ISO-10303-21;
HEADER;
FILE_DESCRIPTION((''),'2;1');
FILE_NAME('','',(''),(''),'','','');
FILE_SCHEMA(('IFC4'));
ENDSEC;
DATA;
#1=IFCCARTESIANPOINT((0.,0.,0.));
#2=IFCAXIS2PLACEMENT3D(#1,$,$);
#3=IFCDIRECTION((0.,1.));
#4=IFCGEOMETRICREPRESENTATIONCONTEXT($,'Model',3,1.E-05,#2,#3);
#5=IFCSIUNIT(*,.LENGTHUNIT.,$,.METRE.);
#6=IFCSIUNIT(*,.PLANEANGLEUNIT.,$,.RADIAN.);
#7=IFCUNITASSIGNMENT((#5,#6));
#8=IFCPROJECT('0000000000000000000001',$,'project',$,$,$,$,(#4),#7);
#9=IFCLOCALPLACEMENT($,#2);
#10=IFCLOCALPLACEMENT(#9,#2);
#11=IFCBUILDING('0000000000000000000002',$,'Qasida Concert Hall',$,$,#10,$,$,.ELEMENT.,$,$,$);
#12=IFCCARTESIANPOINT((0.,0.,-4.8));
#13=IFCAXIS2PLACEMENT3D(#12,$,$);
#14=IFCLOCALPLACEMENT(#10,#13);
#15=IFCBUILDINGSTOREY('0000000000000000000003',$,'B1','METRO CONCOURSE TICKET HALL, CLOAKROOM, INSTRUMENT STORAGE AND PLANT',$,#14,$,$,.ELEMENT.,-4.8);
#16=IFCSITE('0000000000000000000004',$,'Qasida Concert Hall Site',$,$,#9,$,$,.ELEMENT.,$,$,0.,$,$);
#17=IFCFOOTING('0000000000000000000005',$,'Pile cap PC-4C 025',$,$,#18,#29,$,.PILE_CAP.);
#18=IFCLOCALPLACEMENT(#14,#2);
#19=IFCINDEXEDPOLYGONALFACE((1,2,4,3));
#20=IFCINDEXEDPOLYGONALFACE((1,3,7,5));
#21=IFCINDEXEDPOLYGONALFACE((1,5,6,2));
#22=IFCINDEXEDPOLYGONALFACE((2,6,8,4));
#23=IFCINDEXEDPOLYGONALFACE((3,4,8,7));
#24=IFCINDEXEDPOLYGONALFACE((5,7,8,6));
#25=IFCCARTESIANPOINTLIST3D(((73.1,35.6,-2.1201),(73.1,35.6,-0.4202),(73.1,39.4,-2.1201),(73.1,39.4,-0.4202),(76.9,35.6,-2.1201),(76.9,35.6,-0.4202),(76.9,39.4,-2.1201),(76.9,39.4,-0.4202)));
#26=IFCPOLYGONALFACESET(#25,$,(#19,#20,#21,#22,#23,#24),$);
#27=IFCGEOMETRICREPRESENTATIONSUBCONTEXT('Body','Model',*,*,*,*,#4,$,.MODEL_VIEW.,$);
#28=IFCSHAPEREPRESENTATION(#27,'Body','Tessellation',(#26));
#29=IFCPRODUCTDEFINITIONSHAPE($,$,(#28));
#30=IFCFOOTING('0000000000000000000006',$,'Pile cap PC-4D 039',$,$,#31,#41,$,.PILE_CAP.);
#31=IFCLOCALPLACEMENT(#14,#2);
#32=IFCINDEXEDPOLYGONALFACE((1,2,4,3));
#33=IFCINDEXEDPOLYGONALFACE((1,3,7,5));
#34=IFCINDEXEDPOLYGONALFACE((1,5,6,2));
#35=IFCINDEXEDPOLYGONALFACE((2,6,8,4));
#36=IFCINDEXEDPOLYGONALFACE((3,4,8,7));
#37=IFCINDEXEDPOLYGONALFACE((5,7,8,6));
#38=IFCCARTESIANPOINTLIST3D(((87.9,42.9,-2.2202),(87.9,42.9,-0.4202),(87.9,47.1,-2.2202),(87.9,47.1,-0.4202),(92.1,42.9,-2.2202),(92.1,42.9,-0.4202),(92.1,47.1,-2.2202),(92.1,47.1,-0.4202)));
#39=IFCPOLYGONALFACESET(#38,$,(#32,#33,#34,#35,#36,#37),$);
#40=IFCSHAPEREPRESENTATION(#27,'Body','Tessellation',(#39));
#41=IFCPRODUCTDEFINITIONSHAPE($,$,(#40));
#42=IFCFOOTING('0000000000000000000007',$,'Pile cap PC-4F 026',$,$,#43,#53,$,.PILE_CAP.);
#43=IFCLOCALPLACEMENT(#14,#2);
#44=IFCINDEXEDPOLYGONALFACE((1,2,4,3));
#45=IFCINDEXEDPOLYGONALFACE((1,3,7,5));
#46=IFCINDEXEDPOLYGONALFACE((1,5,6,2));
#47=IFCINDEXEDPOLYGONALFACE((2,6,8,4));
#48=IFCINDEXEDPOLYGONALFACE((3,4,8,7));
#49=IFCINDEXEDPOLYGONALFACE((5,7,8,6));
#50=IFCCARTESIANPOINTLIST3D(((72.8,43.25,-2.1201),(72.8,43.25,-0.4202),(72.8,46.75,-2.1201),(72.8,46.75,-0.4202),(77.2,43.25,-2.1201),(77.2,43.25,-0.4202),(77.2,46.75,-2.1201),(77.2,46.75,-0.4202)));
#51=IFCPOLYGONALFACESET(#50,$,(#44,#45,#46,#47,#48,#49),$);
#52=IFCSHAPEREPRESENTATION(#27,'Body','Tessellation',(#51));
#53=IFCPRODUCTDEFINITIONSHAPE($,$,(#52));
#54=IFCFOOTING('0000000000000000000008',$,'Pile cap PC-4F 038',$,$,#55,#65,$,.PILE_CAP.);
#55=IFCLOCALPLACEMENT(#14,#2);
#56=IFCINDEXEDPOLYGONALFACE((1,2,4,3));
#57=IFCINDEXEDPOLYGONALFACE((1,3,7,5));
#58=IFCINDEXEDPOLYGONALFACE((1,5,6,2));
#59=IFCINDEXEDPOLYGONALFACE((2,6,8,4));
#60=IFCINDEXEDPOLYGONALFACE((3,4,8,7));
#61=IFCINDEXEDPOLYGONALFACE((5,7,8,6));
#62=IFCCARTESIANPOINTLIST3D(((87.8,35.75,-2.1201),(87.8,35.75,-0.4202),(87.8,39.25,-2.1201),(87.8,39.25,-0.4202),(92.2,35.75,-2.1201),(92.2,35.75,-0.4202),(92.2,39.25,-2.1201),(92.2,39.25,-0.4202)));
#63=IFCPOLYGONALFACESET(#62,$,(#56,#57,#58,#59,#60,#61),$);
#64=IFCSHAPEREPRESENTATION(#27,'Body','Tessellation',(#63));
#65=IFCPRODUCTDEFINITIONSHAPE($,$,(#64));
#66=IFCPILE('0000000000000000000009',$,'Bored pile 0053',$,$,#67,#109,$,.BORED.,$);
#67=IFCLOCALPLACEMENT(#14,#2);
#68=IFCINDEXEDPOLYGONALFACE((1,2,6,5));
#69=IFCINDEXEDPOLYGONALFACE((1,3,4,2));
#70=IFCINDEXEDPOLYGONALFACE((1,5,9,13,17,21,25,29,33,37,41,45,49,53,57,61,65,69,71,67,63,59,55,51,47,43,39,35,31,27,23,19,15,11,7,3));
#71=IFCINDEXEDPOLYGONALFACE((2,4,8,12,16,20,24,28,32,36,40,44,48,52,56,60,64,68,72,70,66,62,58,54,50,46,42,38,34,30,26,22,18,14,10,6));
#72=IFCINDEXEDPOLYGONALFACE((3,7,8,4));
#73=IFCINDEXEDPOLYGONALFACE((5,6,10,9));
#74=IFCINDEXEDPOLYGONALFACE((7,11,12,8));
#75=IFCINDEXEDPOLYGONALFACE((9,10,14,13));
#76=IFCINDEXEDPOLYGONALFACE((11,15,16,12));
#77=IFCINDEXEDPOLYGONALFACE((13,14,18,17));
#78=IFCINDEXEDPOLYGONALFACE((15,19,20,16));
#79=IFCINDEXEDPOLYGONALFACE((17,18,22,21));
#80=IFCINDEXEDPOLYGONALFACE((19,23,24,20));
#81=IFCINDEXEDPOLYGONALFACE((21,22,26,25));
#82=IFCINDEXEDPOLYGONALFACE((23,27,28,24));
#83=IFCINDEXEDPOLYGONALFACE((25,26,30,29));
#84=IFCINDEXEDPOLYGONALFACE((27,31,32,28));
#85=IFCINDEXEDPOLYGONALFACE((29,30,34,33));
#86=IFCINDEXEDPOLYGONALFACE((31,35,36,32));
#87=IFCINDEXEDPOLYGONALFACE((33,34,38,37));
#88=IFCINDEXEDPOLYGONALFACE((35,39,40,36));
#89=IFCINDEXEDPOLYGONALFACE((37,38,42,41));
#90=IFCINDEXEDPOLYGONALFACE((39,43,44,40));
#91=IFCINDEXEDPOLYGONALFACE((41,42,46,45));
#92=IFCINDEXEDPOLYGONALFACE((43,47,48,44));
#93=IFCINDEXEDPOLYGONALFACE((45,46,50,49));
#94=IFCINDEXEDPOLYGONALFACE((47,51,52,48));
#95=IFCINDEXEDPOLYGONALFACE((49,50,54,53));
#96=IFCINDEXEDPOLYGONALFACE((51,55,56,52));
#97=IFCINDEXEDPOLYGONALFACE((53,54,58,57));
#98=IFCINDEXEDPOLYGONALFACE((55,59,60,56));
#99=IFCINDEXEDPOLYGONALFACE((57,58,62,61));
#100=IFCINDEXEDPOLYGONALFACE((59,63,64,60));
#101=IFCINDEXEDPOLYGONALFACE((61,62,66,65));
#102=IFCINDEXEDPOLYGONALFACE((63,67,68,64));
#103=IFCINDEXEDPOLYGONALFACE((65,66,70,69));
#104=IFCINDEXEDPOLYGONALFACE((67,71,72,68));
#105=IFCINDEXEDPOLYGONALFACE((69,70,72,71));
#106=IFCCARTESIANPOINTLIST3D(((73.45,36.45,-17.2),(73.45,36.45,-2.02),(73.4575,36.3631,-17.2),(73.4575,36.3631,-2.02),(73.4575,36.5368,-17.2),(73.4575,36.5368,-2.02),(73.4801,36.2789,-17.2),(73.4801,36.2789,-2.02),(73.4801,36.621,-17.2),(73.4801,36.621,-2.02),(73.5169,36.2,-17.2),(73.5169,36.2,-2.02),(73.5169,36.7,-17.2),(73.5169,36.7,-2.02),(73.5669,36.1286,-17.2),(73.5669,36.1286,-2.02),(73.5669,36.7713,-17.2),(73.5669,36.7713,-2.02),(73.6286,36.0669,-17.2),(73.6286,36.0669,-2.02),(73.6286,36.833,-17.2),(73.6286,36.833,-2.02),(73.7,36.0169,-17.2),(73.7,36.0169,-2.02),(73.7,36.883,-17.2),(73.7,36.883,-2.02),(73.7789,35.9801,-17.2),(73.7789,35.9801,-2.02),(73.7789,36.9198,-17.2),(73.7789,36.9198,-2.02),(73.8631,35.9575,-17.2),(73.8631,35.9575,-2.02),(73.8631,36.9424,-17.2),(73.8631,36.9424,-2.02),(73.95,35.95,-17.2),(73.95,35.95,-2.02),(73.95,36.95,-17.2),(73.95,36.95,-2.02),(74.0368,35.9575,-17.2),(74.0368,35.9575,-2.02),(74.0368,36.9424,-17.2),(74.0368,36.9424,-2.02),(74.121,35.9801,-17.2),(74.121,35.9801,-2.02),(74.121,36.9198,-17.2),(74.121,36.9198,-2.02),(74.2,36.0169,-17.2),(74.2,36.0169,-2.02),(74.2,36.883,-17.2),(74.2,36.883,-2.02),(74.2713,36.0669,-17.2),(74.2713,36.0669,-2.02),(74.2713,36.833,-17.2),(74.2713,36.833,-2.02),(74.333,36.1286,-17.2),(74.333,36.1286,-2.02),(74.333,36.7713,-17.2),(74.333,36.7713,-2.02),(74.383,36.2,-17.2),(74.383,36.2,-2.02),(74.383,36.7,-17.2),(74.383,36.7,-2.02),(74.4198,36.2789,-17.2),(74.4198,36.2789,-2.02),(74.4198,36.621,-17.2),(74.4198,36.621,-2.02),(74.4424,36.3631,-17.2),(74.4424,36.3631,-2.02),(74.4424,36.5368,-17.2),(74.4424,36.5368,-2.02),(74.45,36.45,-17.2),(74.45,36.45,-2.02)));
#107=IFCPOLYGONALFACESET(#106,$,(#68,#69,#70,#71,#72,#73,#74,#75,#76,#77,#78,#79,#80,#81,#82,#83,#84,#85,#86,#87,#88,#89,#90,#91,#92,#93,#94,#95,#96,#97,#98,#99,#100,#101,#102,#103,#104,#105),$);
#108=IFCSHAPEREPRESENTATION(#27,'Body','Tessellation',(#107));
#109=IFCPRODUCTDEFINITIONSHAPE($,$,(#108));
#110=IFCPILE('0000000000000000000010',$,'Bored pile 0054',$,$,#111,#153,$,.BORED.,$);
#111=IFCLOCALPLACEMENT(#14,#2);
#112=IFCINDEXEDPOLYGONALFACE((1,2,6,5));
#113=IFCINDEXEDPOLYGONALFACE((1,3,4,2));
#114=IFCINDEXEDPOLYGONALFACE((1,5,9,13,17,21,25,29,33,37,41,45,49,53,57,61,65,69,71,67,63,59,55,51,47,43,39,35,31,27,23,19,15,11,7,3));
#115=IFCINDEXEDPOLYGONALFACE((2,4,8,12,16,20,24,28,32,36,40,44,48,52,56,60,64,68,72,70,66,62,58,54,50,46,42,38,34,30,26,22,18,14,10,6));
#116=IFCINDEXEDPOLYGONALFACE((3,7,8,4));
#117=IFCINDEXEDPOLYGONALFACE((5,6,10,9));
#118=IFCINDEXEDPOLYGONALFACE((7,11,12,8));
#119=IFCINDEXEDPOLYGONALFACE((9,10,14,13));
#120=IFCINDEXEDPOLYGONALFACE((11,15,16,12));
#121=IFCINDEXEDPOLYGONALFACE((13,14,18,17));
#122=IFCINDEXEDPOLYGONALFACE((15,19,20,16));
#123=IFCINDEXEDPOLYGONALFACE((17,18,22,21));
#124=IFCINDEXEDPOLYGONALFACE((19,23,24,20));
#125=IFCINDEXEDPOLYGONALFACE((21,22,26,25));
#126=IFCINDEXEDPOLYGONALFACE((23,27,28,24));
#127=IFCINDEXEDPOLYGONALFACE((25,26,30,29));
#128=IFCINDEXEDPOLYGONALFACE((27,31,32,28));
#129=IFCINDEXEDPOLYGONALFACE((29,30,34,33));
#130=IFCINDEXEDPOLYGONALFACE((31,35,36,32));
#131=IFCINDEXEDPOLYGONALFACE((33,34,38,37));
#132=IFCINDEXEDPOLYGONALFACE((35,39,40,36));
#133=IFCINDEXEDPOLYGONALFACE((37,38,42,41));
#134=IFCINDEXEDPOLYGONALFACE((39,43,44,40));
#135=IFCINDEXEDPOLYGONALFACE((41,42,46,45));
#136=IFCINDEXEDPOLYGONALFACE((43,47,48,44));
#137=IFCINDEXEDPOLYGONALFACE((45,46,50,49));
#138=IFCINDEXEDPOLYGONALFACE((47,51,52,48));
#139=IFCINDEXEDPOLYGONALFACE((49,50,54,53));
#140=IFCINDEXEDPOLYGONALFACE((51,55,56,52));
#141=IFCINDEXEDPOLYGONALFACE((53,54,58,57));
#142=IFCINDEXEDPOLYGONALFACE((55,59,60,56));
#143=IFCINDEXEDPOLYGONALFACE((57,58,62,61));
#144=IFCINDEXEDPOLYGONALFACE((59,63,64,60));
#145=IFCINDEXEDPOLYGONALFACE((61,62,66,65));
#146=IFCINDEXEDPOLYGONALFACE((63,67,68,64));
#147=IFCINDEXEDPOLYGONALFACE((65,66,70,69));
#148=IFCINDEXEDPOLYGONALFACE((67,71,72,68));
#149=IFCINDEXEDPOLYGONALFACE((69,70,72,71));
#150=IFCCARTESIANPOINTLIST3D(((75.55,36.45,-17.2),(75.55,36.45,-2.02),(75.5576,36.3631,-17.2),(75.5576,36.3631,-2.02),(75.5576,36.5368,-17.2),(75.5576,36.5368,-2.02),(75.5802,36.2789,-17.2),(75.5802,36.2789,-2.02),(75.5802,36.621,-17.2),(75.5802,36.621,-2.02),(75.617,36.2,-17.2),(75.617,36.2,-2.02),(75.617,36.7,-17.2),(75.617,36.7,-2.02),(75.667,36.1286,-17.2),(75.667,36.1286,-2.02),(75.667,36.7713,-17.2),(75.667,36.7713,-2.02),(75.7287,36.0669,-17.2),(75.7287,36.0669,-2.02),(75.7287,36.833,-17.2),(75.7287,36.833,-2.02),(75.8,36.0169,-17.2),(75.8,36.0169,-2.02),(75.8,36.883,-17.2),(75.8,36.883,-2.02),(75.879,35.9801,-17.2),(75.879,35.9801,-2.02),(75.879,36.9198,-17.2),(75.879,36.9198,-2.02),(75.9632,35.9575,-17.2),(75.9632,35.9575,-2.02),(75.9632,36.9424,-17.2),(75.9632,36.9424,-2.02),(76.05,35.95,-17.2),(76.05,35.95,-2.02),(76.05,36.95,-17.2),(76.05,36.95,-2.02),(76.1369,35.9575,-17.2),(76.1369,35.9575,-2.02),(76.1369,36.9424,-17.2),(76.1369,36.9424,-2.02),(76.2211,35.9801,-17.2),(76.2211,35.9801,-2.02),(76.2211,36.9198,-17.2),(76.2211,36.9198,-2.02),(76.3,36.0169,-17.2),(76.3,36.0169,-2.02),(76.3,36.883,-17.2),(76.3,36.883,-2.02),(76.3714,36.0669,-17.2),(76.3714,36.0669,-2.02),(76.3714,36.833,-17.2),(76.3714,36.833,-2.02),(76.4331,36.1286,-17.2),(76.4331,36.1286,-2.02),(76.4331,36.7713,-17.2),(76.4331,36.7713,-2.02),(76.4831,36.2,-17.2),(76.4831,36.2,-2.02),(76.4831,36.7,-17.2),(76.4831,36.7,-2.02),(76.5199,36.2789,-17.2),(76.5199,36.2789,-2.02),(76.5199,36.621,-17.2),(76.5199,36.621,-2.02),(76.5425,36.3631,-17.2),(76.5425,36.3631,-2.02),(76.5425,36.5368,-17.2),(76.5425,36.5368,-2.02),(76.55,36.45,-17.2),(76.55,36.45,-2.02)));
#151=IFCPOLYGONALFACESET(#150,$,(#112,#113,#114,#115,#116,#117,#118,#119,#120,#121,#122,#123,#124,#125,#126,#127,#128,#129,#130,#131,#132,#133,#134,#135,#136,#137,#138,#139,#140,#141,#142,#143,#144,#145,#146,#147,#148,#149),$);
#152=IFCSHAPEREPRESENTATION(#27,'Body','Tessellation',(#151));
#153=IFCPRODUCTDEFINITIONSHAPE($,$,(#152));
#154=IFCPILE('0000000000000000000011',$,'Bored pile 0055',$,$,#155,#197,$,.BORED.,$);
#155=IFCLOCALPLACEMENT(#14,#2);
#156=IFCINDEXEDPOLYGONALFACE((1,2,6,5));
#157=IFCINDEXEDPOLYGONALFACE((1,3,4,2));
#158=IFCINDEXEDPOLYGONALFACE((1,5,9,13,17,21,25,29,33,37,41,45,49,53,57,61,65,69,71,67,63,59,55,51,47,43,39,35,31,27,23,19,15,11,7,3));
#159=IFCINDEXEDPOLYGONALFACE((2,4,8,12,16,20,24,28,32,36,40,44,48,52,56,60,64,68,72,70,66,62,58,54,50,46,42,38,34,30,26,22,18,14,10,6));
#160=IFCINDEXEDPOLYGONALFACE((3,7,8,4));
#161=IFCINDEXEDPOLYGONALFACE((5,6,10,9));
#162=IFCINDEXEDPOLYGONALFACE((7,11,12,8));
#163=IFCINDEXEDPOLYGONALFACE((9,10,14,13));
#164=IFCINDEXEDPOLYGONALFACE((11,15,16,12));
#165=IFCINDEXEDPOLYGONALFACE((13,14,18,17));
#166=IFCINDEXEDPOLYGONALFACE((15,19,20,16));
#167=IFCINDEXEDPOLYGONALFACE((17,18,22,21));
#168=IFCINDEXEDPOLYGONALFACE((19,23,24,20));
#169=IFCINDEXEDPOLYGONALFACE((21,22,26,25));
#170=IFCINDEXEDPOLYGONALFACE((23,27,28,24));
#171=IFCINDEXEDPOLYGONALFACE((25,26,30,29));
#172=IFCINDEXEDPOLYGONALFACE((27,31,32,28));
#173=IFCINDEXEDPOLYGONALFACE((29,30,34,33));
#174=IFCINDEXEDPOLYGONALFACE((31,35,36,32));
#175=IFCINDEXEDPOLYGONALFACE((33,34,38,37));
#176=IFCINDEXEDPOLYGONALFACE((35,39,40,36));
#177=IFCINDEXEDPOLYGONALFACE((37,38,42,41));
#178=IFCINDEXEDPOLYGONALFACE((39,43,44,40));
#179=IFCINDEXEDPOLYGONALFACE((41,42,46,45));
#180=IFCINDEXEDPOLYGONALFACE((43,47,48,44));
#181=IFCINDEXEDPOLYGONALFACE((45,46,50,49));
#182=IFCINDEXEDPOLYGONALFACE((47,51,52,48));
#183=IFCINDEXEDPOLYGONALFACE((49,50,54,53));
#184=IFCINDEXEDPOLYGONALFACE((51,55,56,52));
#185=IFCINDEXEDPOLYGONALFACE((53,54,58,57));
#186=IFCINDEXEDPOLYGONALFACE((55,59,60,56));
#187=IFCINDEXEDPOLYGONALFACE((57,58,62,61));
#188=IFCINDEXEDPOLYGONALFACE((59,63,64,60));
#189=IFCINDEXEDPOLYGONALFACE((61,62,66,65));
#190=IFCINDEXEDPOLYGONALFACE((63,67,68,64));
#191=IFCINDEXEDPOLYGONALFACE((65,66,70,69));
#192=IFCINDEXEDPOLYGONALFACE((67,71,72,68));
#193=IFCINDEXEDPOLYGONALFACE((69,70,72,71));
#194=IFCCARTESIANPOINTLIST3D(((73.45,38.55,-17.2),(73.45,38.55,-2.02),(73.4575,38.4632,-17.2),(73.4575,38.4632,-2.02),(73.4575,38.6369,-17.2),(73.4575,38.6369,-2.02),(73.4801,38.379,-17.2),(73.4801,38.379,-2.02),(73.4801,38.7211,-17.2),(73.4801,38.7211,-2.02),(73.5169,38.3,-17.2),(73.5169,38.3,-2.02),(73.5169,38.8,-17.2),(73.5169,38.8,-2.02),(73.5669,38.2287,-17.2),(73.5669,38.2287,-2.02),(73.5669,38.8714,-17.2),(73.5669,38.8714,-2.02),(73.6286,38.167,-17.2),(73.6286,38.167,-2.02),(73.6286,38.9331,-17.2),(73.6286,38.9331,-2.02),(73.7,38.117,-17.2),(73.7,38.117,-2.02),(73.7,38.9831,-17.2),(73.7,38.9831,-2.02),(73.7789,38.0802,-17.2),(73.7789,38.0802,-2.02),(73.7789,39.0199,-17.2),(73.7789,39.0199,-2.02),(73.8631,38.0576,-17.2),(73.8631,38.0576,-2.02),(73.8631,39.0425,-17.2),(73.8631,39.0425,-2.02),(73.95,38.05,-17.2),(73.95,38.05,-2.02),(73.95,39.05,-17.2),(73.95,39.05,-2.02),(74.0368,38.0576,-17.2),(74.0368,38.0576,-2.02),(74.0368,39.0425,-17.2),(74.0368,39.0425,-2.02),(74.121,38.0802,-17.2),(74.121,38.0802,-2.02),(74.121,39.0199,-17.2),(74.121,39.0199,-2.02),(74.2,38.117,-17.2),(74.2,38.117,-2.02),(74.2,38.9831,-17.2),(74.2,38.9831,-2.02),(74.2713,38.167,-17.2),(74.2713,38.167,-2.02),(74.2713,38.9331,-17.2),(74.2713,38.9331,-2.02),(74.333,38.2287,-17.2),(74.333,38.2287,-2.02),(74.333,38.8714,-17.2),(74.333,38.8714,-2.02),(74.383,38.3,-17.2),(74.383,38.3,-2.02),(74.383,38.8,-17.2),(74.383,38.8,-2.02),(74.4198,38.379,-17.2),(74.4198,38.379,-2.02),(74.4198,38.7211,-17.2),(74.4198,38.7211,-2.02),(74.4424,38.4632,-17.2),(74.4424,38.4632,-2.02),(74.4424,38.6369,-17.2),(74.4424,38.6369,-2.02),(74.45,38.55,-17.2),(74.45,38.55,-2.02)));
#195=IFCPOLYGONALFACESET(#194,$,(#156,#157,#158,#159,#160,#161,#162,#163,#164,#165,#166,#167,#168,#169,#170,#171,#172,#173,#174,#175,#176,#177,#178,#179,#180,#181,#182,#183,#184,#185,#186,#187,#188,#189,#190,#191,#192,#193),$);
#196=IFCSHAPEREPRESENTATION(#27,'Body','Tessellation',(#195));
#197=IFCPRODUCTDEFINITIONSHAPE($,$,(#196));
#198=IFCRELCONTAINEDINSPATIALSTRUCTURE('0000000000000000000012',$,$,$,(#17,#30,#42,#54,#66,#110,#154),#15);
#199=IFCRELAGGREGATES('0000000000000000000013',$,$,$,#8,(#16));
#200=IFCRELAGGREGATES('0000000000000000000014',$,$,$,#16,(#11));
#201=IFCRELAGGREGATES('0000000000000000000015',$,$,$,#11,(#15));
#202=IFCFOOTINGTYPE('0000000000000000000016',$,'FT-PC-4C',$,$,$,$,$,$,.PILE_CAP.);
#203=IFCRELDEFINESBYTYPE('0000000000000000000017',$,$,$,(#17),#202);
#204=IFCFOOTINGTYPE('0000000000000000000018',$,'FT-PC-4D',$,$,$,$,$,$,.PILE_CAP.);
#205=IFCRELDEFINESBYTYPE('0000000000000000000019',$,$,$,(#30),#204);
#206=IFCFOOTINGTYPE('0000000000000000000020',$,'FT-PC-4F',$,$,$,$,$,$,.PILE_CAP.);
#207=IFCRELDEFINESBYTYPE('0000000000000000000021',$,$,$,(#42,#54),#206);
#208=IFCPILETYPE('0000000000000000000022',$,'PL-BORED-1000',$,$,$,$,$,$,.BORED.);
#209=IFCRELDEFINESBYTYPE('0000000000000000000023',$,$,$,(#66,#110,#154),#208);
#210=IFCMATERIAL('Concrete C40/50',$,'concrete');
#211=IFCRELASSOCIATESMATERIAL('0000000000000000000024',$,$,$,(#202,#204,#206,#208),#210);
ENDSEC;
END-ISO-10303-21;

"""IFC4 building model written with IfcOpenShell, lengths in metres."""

from ifc_helpers import new_model, si_unit, direction, frame, origin, origin_2d, place, context, subcontext, project, spatial, rectangle, circle, extrude, material, material_profile, profile_set, type_object, element, save


model = new_model("IFC4")

# Units and contexts
model_context = context("Model", 3, precision=1e-05, world=origin(), true_north=direction((0.0, 1.0)))
body_context = subcontext(model_context, "Body", "Model", "MODEL_VIEW")
ifc_project = project(units=[si_unit("LENGTHUNIT", "METRE"), si_unit("PLANEANGLEUNIT", "RADIAN")], contexts=[model_context])

# Site, building, storey
site_placement = place(None, origin())
site = spatial("IfcSite", under=ifc_project, at=site_placement, Name="Qasida Concert Hall Site", CompositionType="ELEMENT", RefElevation=0.0)
building_placement = place(site_placement, origin())
building = spatial("IfcBuilding", under=site, at=building_placement, Name="Qasida Concert Hall", CompositionType="ELEMENT")
storey_placement = place(building_placement, frame((0.0, 0.0, -4.8)))
storey = spatial("IfcBuildingStorey", under=building, at=storey_placement, Name="B1", Description="METRO CONCOURSE TICKET HALL, CLOAKROOM, INSTRUMENT STORAGE AND PLANT", CompositionType="ELEMENT", Elevation=-4.8)

# Footings
ifc_material_1 = material(Name="Concrete C40/50", Category="concrete")
footing_type_1 = type_object("IfcFootingType", Name="FT-PC-4C", PredefinedType="PILE_CAP", material=ifc_material_1)
footing_1_placement = place(storey_placement, frame((75.0, 37.5, -2.1201), z_axis=(0.0, 0.0, 1.0), x_axis=(1.0, 0.0, 0.0)))
element("IfcFooting", 1, at=footing_1_placement, inside=storey, type_object=footing_type_1, Name="Pile cap PC-4C 025", PredefinedType="PILE_CAP", context=body_context, shape_type="SweptSolid", body=[
    extrude(rectangle(XDim=3.8, YDim=3.8, at=origin_2d()), origin(), (0.0, 0.0, 1.0), 1.7),
])
footing_type_2 = type_object("IfcFootingType", Name="FT-PC-4D", PredefinedType="PILE_CAP", material=ifc_material_1)
footing_2_placement = place(storey_placement, frame((90.0, 45.0, -2.2202), z_axis=(0.0, 0.0, 1.0), x_axis=(1.0, 0.0, 0.0)))
element("IfcFooting", 2, at=footing_2_placement, inside=storey, type_object=footing_type_2, Name="Pile cap PC-4D 039", PredefinedType="PILE_CAP", context=body_context, shape_type="SweptSolid", body=[
    extrude(rectangle(XDim=4.2, YDim=4.2, at=origin_2d()), origin(), (0.0, 0.0, 1.0), 1.8),
])
footing_type_3 = type_object("IfcFootingType", Name="FT-PC-4F", PredefinedType="PILE_CAP", material=ifc_material_1)
for number, where, z_axis, x_axis, name in (
    (3, (75.0, 45.0, -2.1201), (0.0, 0.0, 1.0), (1.0, 0.0, 0.0), "Pile cap PC-4F 026"),
    (4, (90.0, 37.5, -2.1201), (0.0, 0.0, 1.0), (1.0, 0.0, 0.0), "Pile cap PC-4F 038"),
):
    element("IfcFooting", number, at=place(storey_placement, frame(where, z_axis=z_axis, x_axis=x_axis)), inside=storey, type_object=footing_type_3, Name=name, PredefinedType="PILE_CAP", context=body_context, shape_type="SweptSolid", body=[
        extrude(rectangle(XDim=4.3999, YDim=3.5, at=origin_2d()), origin(), (0.0, 0.0, 1.0), 1.7),
    ])

# Piles
ifc_material_profile_1 = material_profile(ifc_material_1, circle(Radius=0.5, at=origin_2d()), Name="BORED PILE D1000")
ifc_profile_set_1 = profile_set([ifc_material_profile_1], Name="Concrete C40/50")
pile_type_1 = type_object("IfcPileType", Name="PL-BORED-1000", PredefinedType="BORED", material=ifc_profile_set_1)
for number, where, z_axis, x_axis, name in (
    (5, (73.95, 36.45, -2.02), (0.0, 0.0, -1.0), (1.0, 0.0, 0.0), "Bored pile 0053"),
    (6, (76.05, 36.45, -2.02), (0.0, 0.0, -1.0), (1.0, 0.0, 0.0), "Bored pile 0054"),
    (7, (73.95, 38.55, -2.02), (0.0, 0.0, -1.0), (1.0, 0.0, 0.0), "Bored pile 0055"),
):
    element("IfcPile", number, at=place(storey_placement, frame(where, z_axis=z_axis, x_axis=x_axis)), inside=storey, type_object=pile_type_1, Name=name, PredefinedType="BORED", context=body_context, shape_type="SweptSolid", body=[
        extrude(circle(Radius=0.5, at=origin_2d()), origin(), (0.0, 0.0, 1.0), 15.1799),
    ])

save(model, "model.ifc")
